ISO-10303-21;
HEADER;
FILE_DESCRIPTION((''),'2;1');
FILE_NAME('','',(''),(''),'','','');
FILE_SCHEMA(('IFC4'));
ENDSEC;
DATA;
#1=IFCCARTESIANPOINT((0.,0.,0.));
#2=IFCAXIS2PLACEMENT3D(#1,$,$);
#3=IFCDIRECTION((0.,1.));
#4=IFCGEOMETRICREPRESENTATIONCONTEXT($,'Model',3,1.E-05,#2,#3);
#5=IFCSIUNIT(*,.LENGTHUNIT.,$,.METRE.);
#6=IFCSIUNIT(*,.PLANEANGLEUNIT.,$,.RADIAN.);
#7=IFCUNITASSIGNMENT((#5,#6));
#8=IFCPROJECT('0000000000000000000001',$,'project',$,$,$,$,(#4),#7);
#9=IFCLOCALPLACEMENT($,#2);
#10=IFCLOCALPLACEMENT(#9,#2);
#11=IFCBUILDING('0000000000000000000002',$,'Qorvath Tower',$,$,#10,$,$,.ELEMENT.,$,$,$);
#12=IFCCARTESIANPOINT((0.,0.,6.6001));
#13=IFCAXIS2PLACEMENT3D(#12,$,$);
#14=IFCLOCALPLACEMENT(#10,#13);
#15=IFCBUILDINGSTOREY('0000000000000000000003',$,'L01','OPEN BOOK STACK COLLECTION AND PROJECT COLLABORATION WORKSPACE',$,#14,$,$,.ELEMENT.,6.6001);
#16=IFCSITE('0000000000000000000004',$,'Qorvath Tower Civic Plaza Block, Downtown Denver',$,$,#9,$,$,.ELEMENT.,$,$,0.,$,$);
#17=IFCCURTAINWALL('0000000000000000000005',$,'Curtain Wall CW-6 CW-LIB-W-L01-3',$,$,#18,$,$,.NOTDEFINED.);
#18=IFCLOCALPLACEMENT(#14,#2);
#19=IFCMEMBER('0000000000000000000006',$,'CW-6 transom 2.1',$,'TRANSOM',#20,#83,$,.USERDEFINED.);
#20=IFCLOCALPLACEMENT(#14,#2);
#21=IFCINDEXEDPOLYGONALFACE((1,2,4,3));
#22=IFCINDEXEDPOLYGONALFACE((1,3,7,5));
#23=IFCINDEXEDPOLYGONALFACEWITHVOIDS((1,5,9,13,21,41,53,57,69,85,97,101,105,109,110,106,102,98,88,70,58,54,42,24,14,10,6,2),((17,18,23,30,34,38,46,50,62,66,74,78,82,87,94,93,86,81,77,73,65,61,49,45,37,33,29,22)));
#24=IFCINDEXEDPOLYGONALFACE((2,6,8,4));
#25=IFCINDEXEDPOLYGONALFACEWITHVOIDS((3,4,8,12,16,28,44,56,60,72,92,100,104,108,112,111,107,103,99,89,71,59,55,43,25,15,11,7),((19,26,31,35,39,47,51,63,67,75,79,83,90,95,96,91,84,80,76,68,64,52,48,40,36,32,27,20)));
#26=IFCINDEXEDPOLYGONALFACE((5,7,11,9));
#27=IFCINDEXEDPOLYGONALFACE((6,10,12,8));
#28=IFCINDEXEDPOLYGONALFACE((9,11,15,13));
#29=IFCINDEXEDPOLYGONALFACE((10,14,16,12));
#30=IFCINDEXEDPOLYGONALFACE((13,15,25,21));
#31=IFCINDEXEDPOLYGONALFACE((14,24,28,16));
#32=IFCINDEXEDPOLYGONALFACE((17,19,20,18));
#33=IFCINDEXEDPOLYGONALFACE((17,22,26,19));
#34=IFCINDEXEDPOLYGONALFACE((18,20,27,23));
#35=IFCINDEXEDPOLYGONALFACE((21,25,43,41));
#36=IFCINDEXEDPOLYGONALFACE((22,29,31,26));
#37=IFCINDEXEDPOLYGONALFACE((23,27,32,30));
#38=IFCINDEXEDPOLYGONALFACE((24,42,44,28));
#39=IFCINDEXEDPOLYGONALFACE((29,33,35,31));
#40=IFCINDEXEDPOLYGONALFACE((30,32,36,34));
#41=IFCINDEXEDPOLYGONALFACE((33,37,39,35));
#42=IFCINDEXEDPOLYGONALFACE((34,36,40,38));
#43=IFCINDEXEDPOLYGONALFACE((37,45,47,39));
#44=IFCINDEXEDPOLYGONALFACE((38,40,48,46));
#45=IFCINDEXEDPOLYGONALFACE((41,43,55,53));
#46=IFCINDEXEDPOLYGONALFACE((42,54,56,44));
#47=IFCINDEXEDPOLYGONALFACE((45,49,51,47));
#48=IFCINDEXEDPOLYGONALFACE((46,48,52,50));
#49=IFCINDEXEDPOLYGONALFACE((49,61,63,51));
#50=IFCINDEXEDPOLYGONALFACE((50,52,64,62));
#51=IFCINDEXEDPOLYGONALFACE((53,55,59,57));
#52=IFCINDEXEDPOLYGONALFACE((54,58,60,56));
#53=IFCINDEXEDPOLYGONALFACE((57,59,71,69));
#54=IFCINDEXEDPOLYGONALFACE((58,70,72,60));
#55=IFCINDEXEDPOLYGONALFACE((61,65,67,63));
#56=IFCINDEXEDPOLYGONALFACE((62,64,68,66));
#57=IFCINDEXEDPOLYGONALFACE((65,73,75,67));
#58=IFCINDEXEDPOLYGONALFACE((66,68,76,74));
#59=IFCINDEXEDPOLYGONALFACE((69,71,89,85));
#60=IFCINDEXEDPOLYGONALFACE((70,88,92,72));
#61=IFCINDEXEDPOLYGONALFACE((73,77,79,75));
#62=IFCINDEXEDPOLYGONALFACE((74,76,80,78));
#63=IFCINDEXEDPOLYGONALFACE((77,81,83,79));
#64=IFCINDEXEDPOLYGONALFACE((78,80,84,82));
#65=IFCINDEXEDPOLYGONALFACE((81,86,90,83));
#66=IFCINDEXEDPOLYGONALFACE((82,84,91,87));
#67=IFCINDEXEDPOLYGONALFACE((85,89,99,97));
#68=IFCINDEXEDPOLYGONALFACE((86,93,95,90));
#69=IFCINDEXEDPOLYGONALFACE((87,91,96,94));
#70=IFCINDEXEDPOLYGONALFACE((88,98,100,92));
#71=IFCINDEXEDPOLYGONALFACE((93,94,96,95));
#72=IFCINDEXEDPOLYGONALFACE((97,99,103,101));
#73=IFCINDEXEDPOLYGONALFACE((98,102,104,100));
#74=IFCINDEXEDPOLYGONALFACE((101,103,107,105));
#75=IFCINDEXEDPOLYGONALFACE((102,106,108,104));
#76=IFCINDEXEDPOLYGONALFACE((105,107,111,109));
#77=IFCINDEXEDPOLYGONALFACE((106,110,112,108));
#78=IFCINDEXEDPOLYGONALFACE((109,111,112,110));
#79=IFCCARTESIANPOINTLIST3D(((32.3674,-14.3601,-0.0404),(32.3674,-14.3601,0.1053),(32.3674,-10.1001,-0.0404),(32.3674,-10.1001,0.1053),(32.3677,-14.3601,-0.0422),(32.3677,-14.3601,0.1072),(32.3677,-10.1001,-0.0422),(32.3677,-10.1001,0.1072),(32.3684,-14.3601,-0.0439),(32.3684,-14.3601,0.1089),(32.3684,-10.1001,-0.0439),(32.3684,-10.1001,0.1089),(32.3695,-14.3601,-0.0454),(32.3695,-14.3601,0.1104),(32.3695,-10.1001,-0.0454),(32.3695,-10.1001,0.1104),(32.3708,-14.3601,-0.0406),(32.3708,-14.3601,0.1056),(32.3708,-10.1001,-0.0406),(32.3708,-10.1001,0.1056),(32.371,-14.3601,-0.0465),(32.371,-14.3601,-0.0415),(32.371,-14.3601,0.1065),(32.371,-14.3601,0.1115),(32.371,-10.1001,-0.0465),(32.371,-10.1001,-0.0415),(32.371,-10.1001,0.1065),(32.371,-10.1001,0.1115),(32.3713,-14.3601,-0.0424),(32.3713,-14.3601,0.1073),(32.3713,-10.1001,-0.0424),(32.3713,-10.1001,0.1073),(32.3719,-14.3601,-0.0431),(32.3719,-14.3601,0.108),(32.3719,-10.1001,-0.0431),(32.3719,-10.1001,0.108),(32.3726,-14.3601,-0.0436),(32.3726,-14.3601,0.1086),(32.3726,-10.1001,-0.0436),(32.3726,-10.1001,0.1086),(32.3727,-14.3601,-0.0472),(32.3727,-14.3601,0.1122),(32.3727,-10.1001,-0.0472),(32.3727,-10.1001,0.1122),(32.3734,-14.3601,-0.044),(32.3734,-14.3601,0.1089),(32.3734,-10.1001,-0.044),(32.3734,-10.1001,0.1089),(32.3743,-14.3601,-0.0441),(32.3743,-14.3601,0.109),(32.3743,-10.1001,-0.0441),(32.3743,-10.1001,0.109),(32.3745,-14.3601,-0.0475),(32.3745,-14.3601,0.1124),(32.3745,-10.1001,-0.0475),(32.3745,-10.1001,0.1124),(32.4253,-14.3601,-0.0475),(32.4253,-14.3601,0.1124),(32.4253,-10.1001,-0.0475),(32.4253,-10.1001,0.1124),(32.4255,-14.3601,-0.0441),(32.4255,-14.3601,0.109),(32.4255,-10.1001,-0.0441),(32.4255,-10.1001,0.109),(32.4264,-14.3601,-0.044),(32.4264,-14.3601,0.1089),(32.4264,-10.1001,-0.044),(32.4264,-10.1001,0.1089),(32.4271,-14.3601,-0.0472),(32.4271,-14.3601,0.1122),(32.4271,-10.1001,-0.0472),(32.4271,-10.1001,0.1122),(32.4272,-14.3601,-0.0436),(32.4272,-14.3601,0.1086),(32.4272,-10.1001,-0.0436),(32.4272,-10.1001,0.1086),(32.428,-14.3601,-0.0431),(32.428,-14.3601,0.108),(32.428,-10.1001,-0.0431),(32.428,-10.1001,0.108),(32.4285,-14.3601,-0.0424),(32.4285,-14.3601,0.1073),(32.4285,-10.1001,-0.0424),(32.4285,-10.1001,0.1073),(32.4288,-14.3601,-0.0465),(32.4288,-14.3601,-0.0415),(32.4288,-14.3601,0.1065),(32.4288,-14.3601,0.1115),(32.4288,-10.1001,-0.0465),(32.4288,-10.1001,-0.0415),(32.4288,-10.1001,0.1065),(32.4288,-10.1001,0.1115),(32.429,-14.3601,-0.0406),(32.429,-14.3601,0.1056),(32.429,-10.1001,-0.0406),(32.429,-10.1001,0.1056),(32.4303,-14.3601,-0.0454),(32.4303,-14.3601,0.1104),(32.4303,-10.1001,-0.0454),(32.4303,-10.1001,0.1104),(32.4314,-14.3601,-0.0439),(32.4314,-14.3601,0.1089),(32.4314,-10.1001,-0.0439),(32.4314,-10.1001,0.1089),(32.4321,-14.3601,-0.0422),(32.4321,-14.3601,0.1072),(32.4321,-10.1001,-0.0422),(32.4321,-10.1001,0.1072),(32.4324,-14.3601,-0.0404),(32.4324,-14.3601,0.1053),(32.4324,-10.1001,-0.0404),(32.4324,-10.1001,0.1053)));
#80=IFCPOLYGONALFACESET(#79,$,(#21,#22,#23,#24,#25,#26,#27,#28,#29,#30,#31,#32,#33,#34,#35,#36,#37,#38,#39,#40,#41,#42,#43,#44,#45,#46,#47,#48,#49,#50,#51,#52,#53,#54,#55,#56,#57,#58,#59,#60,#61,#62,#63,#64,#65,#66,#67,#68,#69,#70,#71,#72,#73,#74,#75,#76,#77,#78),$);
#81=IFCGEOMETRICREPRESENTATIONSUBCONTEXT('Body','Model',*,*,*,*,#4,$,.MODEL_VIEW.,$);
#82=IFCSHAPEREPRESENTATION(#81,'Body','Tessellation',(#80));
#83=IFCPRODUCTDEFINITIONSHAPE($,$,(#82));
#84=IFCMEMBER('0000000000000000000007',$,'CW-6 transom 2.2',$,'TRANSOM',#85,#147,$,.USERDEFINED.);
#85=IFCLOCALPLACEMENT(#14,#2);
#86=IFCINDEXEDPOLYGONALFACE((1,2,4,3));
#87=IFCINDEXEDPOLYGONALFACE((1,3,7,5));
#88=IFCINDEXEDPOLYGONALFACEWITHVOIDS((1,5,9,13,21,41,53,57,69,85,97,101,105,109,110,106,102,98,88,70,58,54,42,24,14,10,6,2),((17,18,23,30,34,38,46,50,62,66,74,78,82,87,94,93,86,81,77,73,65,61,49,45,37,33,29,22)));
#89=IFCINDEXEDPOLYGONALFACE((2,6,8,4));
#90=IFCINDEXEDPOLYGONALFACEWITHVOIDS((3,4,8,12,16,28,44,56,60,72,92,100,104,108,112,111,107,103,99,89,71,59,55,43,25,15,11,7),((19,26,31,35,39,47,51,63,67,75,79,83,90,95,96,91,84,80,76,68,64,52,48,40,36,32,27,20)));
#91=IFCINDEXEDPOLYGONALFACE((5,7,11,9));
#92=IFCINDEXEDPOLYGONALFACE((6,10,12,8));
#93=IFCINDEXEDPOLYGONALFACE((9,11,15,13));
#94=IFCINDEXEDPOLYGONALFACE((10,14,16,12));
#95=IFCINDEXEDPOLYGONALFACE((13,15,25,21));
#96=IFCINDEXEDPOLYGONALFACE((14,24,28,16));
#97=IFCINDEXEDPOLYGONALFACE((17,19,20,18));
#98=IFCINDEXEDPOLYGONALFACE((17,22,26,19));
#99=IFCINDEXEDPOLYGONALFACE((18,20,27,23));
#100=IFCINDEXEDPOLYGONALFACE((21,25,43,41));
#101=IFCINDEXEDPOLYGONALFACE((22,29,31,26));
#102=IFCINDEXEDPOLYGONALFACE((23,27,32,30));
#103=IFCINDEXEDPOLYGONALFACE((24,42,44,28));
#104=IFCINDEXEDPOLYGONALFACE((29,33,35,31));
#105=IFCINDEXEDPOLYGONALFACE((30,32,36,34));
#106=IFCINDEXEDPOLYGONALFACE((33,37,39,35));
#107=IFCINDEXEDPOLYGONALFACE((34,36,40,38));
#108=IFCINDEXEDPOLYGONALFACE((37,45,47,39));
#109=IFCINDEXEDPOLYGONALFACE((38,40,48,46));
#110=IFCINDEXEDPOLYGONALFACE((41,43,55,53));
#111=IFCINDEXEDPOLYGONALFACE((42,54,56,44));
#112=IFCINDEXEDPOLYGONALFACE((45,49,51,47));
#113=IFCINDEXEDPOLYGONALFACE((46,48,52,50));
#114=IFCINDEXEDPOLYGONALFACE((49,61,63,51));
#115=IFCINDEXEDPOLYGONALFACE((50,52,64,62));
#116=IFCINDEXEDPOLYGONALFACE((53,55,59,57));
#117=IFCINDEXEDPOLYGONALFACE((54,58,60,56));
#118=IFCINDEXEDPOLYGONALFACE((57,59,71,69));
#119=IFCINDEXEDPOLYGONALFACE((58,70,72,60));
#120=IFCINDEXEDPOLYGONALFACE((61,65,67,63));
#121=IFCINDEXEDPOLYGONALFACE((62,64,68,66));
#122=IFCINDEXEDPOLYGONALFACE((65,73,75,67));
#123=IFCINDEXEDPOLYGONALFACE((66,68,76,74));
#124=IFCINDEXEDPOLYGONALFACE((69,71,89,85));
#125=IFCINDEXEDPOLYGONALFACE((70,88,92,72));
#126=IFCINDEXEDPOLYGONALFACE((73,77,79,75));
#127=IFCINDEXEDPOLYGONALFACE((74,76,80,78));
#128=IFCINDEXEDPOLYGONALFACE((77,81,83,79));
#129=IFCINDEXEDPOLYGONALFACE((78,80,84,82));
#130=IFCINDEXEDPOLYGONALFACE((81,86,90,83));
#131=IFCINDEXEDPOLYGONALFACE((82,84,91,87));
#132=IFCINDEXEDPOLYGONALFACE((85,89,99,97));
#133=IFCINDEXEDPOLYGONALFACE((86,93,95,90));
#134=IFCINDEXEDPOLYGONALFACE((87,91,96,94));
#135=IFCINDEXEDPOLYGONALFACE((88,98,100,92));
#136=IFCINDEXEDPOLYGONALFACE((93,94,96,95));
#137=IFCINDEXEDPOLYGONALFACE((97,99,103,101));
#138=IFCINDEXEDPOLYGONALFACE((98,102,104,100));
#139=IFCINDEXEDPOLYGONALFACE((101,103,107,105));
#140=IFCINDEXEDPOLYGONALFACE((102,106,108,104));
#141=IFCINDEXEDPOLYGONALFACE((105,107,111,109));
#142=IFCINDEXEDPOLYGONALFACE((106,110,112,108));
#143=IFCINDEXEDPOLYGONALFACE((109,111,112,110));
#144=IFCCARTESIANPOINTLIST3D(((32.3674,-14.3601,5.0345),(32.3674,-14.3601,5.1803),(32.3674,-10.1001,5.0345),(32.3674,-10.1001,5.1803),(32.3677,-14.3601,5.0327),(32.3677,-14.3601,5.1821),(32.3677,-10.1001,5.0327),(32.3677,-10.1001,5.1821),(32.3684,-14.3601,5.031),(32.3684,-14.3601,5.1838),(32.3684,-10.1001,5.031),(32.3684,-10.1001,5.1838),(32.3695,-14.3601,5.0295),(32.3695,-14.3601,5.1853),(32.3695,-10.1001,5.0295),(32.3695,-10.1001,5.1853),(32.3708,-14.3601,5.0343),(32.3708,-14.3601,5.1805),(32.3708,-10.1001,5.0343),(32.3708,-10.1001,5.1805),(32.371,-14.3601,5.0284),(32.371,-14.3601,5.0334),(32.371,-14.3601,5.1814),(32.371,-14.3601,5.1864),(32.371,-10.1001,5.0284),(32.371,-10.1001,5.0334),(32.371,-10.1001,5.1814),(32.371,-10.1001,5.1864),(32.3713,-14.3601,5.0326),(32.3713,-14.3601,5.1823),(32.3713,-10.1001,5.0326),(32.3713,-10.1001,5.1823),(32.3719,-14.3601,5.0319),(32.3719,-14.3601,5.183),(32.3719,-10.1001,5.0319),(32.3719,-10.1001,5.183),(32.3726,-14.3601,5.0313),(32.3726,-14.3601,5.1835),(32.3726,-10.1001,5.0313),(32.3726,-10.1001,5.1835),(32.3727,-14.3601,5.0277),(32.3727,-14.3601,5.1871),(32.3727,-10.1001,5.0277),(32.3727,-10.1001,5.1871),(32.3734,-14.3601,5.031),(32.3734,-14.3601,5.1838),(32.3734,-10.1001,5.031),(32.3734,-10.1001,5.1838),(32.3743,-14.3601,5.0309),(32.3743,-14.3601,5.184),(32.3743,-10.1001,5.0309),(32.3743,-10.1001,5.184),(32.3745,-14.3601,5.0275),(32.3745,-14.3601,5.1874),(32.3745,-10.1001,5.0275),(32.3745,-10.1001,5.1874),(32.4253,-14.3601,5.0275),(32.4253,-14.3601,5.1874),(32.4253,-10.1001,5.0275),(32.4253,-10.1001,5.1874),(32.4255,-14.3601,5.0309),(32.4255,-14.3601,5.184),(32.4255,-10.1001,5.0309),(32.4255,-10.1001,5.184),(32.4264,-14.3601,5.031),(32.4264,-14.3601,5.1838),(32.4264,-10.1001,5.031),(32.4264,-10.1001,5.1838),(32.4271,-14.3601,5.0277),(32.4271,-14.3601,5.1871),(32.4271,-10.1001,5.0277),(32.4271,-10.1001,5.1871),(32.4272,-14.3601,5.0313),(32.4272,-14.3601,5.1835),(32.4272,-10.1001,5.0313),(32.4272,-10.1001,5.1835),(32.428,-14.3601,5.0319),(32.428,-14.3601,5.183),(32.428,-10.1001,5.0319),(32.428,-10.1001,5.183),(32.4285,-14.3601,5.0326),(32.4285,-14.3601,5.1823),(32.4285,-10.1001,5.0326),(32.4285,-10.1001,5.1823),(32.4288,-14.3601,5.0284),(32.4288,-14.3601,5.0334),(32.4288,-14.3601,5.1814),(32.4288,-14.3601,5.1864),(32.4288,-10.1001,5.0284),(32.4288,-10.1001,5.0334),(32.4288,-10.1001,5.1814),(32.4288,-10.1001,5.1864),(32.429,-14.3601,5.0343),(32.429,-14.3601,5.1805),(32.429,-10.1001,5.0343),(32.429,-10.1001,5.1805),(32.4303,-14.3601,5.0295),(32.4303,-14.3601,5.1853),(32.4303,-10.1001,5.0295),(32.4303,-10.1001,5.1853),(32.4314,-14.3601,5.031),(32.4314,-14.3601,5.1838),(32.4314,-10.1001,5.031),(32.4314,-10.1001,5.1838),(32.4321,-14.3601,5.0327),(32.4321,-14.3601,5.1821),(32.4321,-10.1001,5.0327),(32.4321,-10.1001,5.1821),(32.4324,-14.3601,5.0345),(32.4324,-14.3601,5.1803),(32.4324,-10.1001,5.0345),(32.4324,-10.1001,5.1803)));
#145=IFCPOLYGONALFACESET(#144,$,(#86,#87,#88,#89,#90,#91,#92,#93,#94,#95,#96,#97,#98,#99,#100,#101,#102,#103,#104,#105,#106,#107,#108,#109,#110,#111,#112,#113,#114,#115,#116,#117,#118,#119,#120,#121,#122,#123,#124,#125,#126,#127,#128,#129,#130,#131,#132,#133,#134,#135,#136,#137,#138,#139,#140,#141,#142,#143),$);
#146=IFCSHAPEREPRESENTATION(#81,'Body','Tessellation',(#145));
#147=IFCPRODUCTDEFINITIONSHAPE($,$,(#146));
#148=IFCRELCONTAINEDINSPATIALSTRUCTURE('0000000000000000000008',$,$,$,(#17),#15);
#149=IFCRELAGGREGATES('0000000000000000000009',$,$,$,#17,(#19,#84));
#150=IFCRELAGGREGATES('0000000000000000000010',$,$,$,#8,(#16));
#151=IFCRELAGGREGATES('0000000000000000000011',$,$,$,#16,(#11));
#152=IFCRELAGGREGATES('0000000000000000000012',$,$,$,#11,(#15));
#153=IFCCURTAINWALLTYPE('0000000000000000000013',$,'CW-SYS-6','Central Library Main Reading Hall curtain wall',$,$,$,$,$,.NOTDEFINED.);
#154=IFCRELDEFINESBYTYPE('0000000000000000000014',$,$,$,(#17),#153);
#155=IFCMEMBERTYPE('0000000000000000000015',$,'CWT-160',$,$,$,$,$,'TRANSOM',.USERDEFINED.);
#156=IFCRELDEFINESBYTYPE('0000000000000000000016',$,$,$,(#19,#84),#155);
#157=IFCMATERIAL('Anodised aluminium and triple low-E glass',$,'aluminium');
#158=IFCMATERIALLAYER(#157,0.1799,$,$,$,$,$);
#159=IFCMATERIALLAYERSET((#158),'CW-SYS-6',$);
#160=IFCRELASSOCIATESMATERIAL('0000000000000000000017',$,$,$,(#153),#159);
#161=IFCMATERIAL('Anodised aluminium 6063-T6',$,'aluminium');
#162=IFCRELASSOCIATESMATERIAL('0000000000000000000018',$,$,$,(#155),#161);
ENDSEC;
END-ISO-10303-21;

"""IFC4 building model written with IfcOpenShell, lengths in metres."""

from ifc_helpers import new_model, si_unit, direction, frame, origin, origin_2d, place, context, subcontext, project, spatial, hollow_rectangle, extrude, material, layer, layer_set, material_profile, profile_set, type_object, element, aggregate, save


model = new_model("IFC4")

# Units and contexts
model_context = context("Model", 3, precision=1e-05, world=origin(), true_north=direction((0.0, 1.0)))
body_context = subcontext(model_context, "Body", "Model", "MODEL_VIEW")
ifc_project = project(units=[si_unit("LENGTHUNIT", "METRE"), si_unit("PLANEANGLEUNIT", "RADIAN")], contexts=[model_context])

# Site, building, storey
site_placement = place(None, origin())
site = spatial("IfcSite", under=ifc_project, at=site_placement, Name="Qorvath Tower Civic Plaza Block, Downtown Denver", CompositionType="ELEMENT", RefElevation=0.0)
building_placement = place(site_placement, origin())
building = spatial("IfcBuilding", under=site, at=building_placement, Name="Qorvath Tower", CompositionType="ELEMENT")
storey_placement = place(building_placement, frame((0.0, 0.0, 6.6001)))
storey = spatial("IfcBuildingStorey", under=building, at=storey_placement, Name="L01", Description="OPEN BOOK STACK COLLECTION AND PROJECT COLLABORATION WORKSPACE", CompositionType="ELEMENT", Elevation=6.6001)

# Curtain wall
ifc_material_1 = material(Name="Anodised aluminium and triple low-E glass", Category="aluminium")
ifc_layer_1 = layer(ifc_material_1, 0.1799)
ifc_layer_set_1 = layer_set([ifc_layer_1], Name="CW-SYS-6")
curtain_wall_type = type_object("IfcCurtainWallType", Name="CW-SYS-6", Description="Central Library Main Reading Hall curtain wall", PredefinedType="NOTDEFINED", material=ifc_layer_set_1)
curtain_wall_1_placement = place(storey_placement, origin())
curtain_wall_1 = element("IfcCurtainWall", 1, at=curtain_wall_1_placement, inside=storey, type_object=curtain_wall_type, Name="Curtain Wall CW-6 CW-LIB-W-L01-3", PredefinedType="NOTDEFINED")

# Members
ifc_material_2 = material(Name="Anodised aluminium 6063-T6", Category="aluminium")
ifc_material_profile_1 = material_profile(ifc_material_2, hollow_rectangle(XDim=0.0649, YDim=0.1599, WallThickness=0.0034, InnerFilletRadius=0.0034, OuterFilletRadius=0.0071, at=origin_2d()), Name="CWT 160x65")
ifc_profile_set_1 = profile_set([ifc_material_profile_1], Name="Anodised aluminium 6063-T6")
member_type_1 = type_object("IfcMemberType", Name="CWT-160", ElementType="TRANSOM", PredefinedType="USERDEFINED", material=ifc_profile_set_1)
member_1_placement = place(storey_placement, frame((32.3999, -14.3601, 0.0325), z_axis=(0.0, 1.0, 0.0), x_axis=(-1.0, 0.0, 0.0)))
member_1 = element("IfcMember", 2, at=member_1_placement, type_object=member_type_1, Name="CW-6 transom 2.1", ObjectType="TRANSOM", PredefinedType="USERDEFINED", context=body_context, shape_type="SweptSolid", body=[
    extrude(hollow_rectangle(XDim=0.0649, YDim=0.1599, WallThickness=0.0034, InnerFilletRadius=0.0034, OuterFilletRadius=0.0071, at=origin_2d()), origin(), (0.0, 0.0, 1.0), 4.26),
])
member_2_placement = place(storey_placement, frame((32.3999, -14.3601, 5.1074), z_axis=(0.0, 1.0, 0.0), x_axis=(-1.0, 0.0, 0.0)))
member_2 = element("IfcMember", 3, at=member_2_placement, type_object=member_type_1, Name="CW-6 transom 2.2", ObjectType="TRANSOM", PredefinedType="USERDEFINED", context=body_context, shape_type="SweptSolid", body=[
    extrude(hollow_rectangle(XDim=0.0649, YDim=0.1599, WallThickness=0.0034, InnerFilletRadius=0.0034, OuterFilletRadius=0.0071, at=origin_2d()), origin(), (0.0, 0.0, 1.0), 4.26),
])

aggregate(curtain_wall_1, [member_1, member_2])

save(model, "model.ifc")
